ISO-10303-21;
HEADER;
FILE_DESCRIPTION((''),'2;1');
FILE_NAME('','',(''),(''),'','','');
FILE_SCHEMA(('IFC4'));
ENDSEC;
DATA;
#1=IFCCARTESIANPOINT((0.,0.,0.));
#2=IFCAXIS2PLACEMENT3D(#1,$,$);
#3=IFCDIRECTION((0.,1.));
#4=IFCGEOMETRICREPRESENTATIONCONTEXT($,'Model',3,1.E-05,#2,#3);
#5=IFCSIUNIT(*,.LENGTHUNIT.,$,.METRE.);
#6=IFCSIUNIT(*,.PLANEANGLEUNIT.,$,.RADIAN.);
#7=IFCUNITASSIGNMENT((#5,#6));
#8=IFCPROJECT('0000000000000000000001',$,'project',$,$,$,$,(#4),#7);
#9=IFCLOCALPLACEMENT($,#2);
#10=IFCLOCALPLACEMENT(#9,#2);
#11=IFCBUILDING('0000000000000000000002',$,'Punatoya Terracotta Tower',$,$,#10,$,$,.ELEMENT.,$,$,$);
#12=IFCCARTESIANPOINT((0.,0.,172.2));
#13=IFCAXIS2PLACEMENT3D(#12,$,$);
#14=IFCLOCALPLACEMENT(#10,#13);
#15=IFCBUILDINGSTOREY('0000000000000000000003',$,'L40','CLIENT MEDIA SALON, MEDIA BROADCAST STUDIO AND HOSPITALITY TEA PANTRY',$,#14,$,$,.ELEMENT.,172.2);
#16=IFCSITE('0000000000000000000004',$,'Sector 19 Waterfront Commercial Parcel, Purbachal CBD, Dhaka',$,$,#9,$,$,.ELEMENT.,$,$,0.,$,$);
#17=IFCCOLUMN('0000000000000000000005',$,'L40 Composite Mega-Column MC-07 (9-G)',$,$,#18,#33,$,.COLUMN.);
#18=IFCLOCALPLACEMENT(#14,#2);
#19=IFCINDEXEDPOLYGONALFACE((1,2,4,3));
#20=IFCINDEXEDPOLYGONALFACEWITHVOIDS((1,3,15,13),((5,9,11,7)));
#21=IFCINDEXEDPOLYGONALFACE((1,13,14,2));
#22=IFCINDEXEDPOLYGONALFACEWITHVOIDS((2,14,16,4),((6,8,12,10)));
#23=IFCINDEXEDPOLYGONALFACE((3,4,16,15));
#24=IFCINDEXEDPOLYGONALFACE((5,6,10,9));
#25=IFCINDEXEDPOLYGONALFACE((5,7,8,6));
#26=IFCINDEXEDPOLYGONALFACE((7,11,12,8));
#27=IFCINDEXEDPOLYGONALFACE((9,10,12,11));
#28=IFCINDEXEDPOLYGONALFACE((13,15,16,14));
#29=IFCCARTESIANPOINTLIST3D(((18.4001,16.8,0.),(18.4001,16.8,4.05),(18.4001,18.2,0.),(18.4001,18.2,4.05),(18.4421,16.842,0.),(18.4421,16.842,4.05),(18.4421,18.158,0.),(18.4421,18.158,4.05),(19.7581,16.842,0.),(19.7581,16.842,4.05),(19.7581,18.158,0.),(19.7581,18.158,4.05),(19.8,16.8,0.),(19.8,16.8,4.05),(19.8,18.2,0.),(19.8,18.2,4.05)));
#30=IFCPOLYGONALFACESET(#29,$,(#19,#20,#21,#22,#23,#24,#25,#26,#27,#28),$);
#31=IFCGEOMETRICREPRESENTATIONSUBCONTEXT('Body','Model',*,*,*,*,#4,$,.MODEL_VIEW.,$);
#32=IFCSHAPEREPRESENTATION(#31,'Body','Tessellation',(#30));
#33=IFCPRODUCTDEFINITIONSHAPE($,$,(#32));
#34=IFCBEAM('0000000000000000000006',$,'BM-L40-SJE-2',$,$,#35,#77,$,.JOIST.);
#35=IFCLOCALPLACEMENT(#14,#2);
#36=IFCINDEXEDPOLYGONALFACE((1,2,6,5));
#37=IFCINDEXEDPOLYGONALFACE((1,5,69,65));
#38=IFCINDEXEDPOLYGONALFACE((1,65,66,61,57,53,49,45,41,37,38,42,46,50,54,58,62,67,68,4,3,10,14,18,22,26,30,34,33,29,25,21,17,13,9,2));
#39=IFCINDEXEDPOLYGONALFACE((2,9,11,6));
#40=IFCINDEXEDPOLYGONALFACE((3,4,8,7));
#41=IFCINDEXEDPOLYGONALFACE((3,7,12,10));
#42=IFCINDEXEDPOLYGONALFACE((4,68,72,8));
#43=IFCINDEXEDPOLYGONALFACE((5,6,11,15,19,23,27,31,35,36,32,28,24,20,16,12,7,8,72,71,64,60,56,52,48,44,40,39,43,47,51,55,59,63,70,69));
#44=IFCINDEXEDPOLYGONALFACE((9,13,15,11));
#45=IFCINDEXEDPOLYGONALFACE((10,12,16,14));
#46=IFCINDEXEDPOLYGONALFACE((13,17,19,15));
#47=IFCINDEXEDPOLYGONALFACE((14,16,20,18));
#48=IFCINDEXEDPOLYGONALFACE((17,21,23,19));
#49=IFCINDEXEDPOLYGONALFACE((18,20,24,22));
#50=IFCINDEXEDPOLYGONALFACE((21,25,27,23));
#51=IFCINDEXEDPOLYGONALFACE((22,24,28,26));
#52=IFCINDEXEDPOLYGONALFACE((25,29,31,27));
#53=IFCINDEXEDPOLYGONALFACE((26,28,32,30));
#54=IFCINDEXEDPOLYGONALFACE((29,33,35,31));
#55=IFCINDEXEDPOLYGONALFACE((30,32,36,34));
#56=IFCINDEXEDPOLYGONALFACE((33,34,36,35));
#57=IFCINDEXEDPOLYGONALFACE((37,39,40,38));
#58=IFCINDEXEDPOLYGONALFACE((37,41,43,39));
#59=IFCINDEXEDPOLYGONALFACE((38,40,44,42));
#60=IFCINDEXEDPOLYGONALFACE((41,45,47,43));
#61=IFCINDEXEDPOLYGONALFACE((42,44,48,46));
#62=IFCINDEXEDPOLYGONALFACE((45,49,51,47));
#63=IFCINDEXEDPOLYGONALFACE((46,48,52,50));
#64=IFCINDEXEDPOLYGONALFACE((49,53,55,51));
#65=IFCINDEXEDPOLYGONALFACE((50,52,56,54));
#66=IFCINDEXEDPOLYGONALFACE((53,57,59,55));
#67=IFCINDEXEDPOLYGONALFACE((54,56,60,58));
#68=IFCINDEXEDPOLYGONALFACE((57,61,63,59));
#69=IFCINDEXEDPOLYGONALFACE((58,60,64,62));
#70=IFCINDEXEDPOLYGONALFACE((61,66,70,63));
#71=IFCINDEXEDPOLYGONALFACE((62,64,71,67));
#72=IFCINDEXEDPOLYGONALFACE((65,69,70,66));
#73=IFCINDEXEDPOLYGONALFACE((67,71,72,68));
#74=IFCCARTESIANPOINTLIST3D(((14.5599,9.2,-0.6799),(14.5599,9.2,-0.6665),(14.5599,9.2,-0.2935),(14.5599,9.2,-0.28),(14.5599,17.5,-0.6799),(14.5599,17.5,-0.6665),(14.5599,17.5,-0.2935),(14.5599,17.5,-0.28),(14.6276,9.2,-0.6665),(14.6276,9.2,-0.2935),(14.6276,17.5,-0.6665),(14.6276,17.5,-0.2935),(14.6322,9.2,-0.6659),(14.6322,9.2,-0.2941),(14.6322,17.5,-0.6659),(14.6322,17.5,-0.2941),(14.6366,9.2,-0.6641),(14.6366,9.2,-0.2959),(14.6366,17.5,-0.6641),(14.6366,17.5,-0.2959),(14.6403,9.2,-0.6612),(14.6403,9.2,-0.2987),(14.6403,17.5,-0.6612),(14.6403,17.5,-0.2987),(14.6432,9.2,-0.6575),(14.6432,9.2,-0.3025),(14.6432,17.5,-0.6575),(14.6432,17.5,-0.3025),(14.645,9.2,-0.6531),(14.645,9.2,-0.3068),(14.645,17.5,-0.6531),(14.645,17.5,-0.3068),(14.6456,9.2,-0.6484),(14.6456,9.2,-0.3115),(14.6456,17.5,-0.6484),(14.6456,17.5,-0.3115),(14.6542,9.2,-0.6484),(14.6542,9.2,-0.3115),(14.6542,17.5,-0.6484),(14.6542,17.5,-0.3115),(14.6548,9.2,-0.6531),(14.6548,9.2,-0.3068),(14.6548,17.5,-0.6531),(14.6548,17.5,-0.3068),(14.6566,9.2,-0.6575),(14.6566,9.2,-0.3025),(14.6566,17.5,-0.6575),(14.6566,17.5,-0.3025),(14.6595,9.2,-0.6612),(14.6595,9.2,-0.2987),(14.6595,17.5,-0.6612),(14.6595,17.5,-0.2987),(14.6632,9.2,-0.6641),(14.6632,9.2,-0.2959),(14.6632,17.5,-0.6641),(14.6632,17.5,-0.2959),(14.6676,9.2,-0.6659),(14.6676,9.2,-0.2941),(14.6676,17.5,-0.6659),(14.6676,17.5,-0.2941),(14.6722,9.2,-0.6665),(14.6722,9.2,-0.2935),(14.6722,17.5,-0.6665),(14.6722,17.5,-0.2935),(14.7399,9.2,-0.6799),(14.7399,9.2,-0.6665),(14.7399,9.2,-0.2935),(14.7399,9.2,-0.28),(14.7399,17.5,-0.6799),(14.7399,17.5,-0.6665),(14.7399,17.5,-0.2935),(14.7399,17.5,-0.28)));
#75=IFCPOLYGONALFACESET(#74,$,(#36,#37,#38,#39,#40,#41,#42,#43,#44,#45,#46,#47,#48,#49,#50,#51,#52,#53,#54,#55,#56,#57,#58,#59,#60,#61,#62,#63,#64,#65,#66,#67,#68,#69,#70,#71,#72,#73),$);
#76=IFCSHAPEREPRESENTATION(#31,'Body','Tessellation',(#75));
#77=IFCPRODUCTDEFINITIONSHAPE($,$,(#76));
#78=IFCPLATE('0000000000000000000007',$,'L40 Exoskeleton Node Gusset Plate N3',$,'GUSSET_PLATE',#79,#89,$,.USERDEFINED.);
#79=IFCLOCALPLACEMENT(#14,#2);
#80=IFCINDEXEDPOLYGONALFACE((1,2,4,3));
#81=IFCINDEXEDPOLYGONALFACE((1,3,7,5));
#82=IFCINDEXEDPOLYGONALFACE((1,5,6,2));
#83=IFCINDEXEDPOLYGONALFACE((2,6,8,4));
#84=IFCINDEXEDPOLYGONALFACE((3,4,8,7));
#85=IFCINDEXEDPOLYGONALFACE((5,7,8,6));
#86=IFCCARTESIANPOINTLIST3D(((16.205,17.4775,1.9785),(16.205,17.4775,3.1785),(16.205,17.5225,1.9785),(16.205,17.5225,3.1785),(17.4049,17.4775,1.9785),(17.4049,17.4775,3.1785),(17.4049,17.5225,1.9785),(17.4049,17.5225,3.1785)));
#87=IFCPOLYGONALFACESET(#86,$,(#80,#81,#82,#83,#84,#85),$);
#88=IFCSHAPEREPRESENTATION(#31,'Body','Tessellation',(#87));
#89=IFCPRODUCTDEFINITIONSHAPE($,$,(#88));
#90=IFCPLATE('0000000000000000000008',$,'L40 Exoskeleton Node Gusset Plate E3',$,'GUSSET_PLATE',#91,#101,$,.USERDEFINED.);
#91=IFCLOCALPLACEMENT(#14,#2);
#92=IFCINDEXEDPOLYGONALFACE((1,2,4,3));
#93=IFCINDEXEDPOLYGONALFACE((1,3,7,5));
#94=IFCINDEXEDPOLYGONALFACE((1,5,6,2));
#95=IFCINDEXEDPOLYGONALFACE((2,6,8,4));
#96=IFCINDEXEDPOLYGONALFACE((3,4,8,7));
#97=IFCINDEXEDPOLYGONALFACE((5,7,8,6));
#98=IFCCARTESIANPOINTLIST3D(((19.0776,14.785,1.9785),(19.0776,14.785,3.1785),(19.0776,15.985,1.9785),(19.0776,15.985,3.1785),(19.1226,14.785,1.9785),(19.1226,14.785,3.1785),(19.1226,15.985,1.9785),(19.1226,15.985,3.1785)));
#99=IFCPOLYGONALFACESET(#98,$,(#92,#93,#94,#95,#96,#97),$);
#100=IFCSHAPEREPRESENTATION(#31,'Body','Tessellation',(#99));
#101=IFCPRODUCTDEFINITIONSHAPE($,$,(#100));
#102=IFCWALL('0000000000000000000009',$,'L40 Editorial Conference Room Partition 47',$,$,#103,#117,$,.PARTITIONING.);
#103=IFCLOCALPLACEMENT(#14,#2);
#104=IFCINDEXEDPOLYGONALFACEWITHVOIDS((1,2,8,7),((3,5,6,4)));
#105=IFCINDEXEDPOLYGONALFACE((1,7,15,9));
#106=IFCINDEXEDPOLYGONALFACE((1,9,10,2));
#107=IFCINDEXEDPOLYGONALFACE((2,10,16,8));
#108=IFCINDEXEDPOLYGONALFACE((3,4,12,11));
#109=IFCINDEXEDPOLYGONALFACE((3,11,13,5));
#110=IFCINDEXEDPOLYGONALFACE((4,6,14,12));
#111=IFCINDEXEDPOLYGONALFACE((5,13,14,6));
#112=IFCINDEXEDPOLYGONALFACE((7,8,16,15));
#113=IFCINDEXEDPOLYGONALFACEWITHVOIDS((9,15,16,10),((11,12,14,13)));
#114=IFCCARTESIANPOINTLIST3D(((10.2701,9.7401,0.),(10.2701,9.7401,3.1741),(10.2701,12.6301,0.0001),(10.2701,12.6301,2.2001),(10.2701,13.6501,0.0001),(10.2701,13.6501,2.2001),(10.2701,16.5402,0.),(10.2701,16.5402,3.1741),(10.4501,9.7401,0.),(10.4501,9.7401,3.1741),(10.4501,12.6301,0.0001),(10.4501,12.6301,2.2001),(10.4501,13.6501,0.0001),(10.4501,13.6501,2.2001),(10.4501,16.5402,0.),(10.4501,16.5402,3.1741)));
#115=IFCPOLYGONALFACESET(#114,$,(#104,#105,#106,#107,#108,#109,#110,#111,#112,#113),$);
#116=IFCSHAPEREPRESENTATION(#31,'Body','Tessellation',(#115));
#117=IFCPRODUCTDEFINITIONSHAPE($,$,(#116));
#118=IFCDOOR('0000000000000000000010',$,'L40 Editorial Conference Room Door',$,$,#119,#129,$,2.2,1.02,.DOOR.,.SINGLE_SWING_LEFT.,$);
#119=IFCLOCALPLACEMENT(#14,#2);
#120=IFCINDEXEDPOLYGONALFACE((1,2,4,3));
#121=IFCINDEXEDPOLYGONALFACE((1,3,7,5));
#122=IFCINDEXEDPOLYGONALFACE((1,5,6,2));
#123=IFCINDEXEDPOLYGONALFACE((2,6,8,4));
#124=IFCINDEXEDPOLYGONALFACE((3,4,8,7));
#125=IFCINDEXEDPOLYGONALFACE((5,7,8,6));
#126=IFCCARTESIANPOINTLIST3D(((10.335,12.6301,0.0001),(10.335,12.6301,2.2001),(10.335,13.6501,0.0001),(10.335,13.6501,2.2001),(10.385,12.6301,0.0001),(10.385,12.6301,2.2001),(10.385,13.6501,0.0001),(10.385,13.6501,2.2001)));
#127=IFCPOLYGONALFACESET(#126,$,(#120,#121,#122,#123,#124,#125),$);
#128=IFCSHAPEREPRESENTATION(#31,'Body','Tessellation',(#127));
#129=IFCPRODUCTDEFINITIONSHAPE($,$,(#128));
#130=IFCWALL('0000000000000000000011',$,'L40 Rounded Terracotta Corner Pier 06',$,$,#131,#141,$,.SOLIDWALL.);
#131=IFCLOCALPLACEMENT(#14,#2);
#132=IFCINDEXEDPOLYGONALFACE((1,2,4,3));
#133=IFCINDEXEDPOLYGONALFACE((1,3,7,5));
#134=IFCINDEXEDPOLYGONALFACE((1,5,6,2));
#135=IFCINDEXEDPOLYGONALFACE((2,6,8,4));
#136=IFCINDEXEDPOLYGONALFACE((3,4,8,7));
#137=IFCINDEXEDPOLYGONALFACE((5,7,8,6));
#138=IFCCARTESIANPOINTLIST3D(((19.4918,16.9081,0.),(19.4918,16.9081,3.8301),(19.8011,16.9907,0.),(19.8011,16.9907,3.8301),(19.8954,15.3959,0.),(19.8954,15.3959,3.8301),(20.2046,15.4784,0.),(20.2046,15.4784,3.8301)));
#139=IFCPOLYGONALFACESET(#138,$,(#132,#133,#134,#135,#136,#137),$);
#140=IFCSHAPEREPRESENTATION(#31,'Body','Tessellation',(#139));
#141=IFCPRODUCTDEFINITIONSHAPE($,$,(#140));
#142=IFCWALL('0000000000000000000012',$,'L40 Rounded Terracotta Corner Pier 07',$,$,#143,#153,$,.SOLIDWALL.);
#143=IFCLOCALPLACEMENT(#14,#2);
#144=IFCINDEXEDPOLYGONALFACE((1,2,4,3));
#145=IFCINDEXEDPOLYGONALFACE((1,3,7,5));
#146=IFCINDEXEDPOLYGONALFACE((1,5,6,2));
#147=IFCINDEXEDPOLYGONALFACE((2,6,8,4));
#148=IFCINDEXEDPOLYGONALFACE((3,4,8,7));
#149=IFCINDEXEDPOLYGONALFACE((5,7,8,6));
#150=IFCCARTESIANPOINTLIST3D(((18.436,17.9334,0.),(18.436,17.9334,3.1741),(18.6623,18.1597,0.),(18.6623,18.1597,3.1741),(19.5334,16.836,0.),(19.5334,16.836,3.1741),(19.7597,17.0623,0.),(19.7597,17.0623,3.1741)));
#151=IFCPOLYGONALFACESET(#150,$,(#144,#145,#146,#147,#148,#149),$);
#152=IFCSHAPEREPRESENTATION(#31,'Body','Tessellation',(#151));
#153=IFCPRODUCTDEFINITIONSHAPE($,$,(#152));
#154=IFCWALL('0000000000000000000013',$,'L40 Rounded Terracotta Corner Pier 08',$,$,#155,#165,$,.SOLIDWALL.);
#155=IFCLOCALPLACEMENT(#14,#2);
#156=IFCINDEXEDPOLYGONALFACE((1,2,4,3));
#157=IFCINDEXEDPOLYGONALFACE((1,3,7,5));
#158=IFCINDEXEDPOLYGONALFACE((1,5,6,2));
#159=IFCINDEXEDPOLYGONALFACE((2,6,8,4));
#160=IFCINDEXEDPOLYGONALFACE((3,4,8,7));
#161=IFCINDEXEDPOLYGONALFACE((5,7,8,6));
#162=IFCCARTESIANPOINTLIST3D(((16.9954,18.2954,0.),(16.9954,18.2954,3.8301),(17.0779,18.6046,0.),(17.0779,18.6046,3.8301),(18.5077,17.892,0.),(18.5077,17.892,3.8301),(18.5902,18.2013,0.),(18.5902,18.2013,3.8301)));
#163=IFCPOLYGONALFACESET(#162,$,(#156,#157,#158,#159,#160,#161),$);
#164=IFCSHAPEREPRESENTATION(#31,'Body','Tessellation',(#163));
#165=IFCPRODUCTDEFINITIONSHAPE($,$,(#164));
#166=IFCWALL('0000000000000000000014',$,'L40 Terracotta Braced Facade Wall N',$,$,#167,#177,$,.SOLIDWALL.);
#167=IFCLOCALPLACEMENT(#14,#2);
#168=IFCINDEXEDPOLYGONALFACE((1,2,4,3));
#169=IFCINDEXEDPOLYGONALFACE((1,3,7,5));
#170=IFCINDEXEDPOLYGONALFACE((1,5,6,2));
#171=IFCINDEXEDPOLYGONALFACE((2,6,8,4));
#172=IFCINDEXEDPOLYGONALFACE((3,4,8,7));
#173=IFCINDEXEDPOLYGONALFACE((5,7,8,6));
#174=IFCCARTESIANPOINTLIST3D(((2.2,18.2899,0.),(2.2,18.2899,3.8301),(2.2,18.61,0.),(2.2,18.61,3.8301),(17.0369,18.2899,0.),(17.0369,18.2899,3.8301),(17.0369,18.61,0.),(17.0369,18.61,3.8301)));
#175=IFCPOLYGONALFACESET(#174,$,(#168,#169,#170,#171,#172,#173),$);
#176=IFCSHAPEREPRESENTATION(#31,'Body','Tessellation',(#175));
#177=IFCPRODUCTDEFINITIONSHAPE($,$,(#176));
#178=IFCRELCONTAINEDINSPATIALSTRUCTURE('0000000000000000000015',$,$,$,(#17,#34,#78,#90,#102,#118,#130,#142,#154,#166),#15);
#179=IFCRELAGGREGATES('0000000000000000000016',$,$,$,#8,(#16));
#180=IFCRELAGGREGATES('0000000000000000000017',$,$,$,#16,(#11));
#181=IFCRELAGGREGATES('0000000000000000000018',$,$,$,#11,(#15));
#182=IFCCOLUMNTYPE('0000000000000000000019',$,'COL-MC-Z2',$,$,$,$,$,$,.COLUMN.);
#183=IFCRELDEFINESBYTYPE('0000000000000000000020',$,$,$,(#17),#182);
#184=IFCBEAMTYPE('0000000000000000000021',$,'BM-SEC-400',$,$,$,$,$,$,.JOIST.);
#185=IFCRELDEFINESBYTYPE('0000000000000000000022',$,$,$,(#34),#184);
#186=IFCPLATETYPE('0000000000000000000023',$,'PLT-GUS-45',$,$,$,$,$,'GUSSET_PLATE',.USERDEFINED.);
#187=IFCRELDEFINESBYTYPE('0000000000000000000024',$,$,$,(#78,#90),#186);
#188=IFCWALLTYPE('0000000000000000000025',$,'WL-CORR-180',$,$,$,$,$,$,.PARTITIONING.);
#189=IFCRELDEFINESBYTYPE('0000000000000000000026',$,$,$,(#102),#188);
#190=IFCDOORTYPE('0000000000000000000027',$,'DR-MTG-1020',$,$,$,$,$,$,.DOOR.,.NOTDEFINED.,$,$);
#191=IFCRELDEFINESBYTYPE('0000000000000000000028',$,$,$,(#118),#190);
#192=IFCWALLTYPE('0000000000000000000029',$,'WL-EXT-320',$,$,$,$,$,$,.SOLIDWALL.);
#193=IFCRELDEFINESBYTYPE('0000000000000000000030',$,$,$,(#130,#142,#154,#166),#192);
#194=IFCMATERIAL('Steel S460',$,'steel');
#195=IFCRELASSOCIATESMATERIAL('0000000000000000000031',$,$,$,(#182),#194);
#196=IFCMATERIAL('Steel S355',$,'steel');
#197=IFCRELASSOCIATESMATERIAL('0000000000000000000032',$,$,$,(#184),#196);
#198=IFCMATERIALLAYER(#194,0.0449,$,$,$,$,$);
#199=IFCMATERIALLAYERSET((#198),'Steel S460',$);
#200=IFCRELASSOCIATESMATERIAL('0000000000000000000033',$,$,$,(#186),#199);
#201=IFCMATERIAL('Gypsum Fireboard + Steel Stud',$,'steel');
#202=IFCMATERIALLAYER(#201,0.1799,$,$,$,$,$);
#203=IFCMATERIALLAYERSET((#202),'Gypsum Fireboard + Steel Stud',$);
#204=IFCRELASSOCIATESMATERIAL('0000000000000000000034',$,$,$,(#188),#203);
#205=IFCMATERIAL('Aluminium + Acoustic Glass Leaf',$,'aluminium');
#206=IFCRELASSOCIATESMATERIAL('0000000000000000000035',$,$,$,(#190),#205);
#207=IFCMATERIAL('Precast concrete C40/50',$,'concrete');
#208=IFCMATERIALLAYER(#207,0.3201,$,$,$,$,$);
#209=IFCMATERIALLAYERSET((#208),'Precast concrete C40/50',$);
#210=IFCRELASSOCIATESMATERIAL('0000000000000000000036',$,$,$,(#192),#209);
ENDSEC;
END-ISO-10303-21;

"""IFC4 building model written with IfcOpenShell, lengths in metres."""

from ifc_helpers import new_model, si_unit, direction, frame, frame_2d, origin, origin_2d, place, context, subcontext, project, spatial, rectangle, hollow_rectangle, i_section, extrude, material, layer, layer_set, material_profile, profile_set, type_object, element, fill, save


model = new_model("IFC4")

# Units and contexts
model_context = context("Model", 3, precision=1e-05, world=origin(), true_north=direction((0.0, 1.0)))
body_context = subcontext(model_context, "Body", "Model", "MODEL_VIEW")
ifc_project = project(units=[si_unit("LENGTHUNIT", "METRE"), si_unit("PLANEANGLEUNIT", "RADIAN")], contexts=[model_context])

# Site, building, storey
site_placement = place(None, origin())
site = spatial("IfcSite", under=ifc_project, at=site_placement, Name="Sector 19 Waterfront Commercial Parcel, Purbachal CBD, Dhaka", CompositionType="ELEMENT", RefElevation=0.0)
building_placement = place(site_placement, origin())
building = spatial("IfcBuilding", under=site, at=building_placement, Name="Punatoya Terracotta Tower", CompositionType="ELEMENT")
storey_placement = place(building_placement, frame((0.0, 0.0, 172.2)))
storey = spatial("IfcBuildingStorey", under=building, at=storey_placement, Name="L40", Description="CLIENT MEDIA SALON, MEDIA BROADCAST STUDIO AND HOSPITALITY TEA PANTRY", CompositionType="ELEMENT", Elevation=172.2)

# Column
ifc_material_1 = material(Name="Steel S460", Category="steel")
ifc_material_profile_1 = material_profile(ifc_material_1, hollow_rectangle(XDim=1.3999, YDim=1.3999, WallThickness=0.042, at=origin_2d()))
ifc_profile_set_1 = profile_set([ifc_material_profile_1], Name="Steel S460")
column_type = type_object("IfcColumnType", Name="COL-MC-Z2", PredefinedType="COLUMN", material=ifc_profile_set_1)
column_placement = place(storey_placement, frame((19.1001, 17.5, 0.0), z_axis=(0.0, 0.0, 1.0), x_axis=(1.0, 0.0, 0.0)))
element("IfcColumn", 1, at=column_placement, inside=storey, type_object=column_type, Name="L40 Composite Mega-Column MC-07 (9-G)", PredefinedType="COLUMN", context=body_context, shape_type="SweptSolid", body=[
    extrude(hollow_rectangle(XDim=1.3999, YDim=1.3999, WallThickness=0.042, at=origin_2d()), origin(), (0.0, 0.0, 1.0), 4.05),
])

# Beam
ifc_material_2 = material(Name="Steel S355", Category="steel")
ifc_material_profile_2 = material_profile(ifc_material_2, i_section(OverallWidth=0.1799, OverallDepth=0.3999, WebThickness=0.0085, FlangeThickness=0.0134, FilletRadius=0.0181, at=origin_2d()))
ifc_profile_set_2 = profile_set([ifc_material_profile_2], Name="Steel S355")
beam_type = type_object("IfcBeamType", Name="BM-SEC-400", PredefinedType="JOIST", material=ifc_profile_set_2)
beam_placement = place(storey_placement, frame((14.6499, 9.2, -0.48), z_axis=(0.0, 1.0, 0.0), x_axis=(-1.0, 0.0, 0.0)))
element("IfcBeam", 2, at=beam_placement, inside=storey, type_object=beam_type, Name="BM-L40-SJE-2", PredefinedType="JOIST", context=body_context, shape_type="SweptSolid", body=[
    extrude(i_section(OverallWidth=0.1799, OverallDepth=0.3999, WebThickness=0.0085, FlangeThickness=0.0134, FilletRadius=0.0181, at=origin_2d()), origin(), (0.0, 0.0, 1.0), 8.3),
])

# Plates
ifc_layer_1 = layer(ifc_material_1, 0.0449)
ifc_layer_set_1 = layer_set([ifc_layer_1], Name="Steel S460")
plate_type = type_object("IfcPlateType", Name="PLT-GUS-45", ElementType="GUSSET_PLATE", PredefinedType="USERDEFINED", material=ifc_layer_set_1)
for number, where, z_axis, x_axis, name in (
    (3, (16.8049, 17.5, 1.9785), (0.0, 0.0, 1.0), (1.0, 0.0, 0.0), "L40 Exoskeleton Node Gusset Plate N3"),
    (4, (19.1001, 15.385, 1.9785), (0.0, 0.0, 1.0), (0.0, 1.0, 0.0), "L40 Exoskeleton Node Gusset Plate E3"),
):
    element("IfcPlate", number, at=place(storey_placement, frame(where, z_axis=z_axis, x_axis=x_axis)), inside=storey, type_object=plate_type, Name=name, ObjectType="GUSSET_PLATE", PredefinedType="USERDEFINED", context=body_context, shape_type="SweptSolid", body=[
        extrude(rectangle(XDim=1.2, YDim=0.0449, at=origin_2d()), origin(), (0.0, 0.0, 1.0), 1.2),
    ])

# Wall, opening, door
ifc_material_3 = material(Name="Gypsum Fireboard + Steel Stud", Category="steel")
ifc_layer_2 = layer(ifc_material_3, 0.1799)
ifc_layer_set_2 = layer_set([ifc_layer_2], Name="Gypsum Fireboard + Steel Stud")
wall_type_1 = type_object("IfcWallType", Name="WL-CORR-180", PredefinedType="PARTITIONING", material=ifc_layer_set_2)
wall_1_placement = place(storey_placement, frame((10.3601, 16.54, 0.0), z_axis=(0.0, 0.0, 1.0), x_axis=(0.0, -1.0, 0.0)))
wall_1 = element("IfcWall", 5, at=wall_1_placement, inside=storey, type_object=wall_type_1, Name="L40 Editorial Conference Room Partition 47", PredefinedType="PARTITIONING", context=body_context, shape_type="SweptSolid", body=[
    extrude(rectangle(XDim=6.8, YDim=0.1799, at=frame_2d((3.3999, 0.0))), origin(), (0.0, 0.0, 1.0), 3.1741),
])
opening_placement = place(wall_1_placement, frame((2.8899, 0.0, 0.0)))
opening = element("IfcOpeningElement", 6, at=opening_placement, cuts=wall_1, PredefinedType="OPENING", context=body_context, shape_type="SweptSolid", body=[
    extrude(rectangle(XDim=1.02, YDim=2.2, at=frame_2d((0.51, 1.1001))), frame((0.0, 0.0999, 0.0), z_axis=(0.0, -1.0, 0.0), x_axis=(1.0, 0.0, 0.0)), (0.0, 0.0, 1.0), 0.2),
])
ifc_material_4 = material(Name="Aluminium + Acoustic Glass Leaf", Category="aluminium")
door_type = type_object("IfcDoorType", Name="DR-MTG-1020", OperationType="NOTDEFINED", PredefinedType="DOOR", material=ifc_material_4)
door_placement = place(opening_placement, origin())
door = element("IfcDoor", 7, at=door_placement, inside=storey, type_object=door_type, Name="L40 Editorial Conference Room Door", OperationType="SINGLE_SWING_LEFT", OverallHeight=2.2, OverallWidth=1.02, PredefinedType="DOOR", context=body_context, shape_type="SweptSolid", body=[
    extrude(rectangle(XDim=1.02, YDim=2.2, at=frame_2d((0.51, 1.1001))), frame((0.0, 0.0249, 0.0), z_axis=(0.0, -1.0, 0.0), x_axis=(1.0, 0.0, 0.0)), (0.0, 0.0, 1.0), 0.05),
])
fill(opening, door)

# Walls
ifc_material_5 = material(Name="Precast concrete C40/50", Category="concrete")
ifc_layer_3 = layer(ifc_material_5, 0.3201)
ifc_layer_set_3 = layer_set([ifc_layer_3], Name="Precast concrete C40/50")
wall_type_2 = type_object("IfcWallType", Name="WL-EXT-320", PredefinedType="SOLIDWALL", material=ifc_layer_set_3)
wall_2_placement = place(storey_placement, frame((20.05, 15.437, 0.0), z_axis=(0.0, 0.0, 1.0), x_axis=(-0.257847, 0.966186, 0.0)))
element("IfcWall", 8, at=wall_2_placement, inside=storey, type_object=wall_type_2, Name="L40 Rounded Terracotta Corner Pier 06", PredefinedType="SOLIDWALL", context=body_context, shape_type="SweptSolid", body=[
    extrude(rectangle(XDim=1.5652, YDim=0.3201, at=frame_2d((0.7827, 0.0))), origin(), (0.0, 0.0, 1.0), 3.8301),
])
wall_3_placement = place(storey_placement, frame((19.6465, 16.9492, 0.0), z_axis=(0.0, 0.0, 1.0), x_axis=(-0.707107, 0.707107, 0.0)))
element("IfcWall", 9, at=wall_3_placement, inside=storey, type_object=wall_type_2, Name="L40 Rounded Terracotta Corner Pier 07", PredefinedType="SOLIDWALL", context=body_context, shape_type="SweptSolid", body=[
    extrude(rectangle(XDim=1.552, YDim=0.3201, at=frame_2d((0.7759, 0.0))), origin(), (0.0, 0.0, 1.0), 3.1741),
])
wall_4_placement = place(storey_placement, frame((18.5491, 18.0466, 0.0), z_axis=(0.0, 0.0, 1.0), x_axis=(-0.966225, 0.257701, 0.0)))
element("IfcWall", 10, at=wall_4_placement, inside=storey, type_object=wall_type_2, Name="L40 Rounded Terracotta Corner Pier 08", PredefinedType="SOLIDWALL", context=body_context, shape_type="SweptSolid", body=[
    extrude(rectangle(XDim=1.5652, YDim=0.3201, at=frame_2d((0.7827, 0.0))), origin(), (0.0, 0.0, 1.0), 3.8301),
])
wall_5_placement = place(storey_placement, frame((17.0369, 18.45, 0.0), z_axis=(0.0, 0.0, 1.0), x_axis=(-1.0, 0.0, 0.0)))
element("IfcWall", 11, at=wall_5_placement, inside=storey, type_object=wall_type_2, Name="L40 Terracotta Braced Facade Wall N", PredefinedType="SOLIDWALL", context=body_context, shape_type="SweptSolid", body=[
    extrude(rectangle(XDim=14.8369, YDim=0.3201, at=frame_2d((7.4185, 0.0))), origin(), (0.0, 0.0, 1.0), 3.8301),
])

save(model, "model.ifc")
